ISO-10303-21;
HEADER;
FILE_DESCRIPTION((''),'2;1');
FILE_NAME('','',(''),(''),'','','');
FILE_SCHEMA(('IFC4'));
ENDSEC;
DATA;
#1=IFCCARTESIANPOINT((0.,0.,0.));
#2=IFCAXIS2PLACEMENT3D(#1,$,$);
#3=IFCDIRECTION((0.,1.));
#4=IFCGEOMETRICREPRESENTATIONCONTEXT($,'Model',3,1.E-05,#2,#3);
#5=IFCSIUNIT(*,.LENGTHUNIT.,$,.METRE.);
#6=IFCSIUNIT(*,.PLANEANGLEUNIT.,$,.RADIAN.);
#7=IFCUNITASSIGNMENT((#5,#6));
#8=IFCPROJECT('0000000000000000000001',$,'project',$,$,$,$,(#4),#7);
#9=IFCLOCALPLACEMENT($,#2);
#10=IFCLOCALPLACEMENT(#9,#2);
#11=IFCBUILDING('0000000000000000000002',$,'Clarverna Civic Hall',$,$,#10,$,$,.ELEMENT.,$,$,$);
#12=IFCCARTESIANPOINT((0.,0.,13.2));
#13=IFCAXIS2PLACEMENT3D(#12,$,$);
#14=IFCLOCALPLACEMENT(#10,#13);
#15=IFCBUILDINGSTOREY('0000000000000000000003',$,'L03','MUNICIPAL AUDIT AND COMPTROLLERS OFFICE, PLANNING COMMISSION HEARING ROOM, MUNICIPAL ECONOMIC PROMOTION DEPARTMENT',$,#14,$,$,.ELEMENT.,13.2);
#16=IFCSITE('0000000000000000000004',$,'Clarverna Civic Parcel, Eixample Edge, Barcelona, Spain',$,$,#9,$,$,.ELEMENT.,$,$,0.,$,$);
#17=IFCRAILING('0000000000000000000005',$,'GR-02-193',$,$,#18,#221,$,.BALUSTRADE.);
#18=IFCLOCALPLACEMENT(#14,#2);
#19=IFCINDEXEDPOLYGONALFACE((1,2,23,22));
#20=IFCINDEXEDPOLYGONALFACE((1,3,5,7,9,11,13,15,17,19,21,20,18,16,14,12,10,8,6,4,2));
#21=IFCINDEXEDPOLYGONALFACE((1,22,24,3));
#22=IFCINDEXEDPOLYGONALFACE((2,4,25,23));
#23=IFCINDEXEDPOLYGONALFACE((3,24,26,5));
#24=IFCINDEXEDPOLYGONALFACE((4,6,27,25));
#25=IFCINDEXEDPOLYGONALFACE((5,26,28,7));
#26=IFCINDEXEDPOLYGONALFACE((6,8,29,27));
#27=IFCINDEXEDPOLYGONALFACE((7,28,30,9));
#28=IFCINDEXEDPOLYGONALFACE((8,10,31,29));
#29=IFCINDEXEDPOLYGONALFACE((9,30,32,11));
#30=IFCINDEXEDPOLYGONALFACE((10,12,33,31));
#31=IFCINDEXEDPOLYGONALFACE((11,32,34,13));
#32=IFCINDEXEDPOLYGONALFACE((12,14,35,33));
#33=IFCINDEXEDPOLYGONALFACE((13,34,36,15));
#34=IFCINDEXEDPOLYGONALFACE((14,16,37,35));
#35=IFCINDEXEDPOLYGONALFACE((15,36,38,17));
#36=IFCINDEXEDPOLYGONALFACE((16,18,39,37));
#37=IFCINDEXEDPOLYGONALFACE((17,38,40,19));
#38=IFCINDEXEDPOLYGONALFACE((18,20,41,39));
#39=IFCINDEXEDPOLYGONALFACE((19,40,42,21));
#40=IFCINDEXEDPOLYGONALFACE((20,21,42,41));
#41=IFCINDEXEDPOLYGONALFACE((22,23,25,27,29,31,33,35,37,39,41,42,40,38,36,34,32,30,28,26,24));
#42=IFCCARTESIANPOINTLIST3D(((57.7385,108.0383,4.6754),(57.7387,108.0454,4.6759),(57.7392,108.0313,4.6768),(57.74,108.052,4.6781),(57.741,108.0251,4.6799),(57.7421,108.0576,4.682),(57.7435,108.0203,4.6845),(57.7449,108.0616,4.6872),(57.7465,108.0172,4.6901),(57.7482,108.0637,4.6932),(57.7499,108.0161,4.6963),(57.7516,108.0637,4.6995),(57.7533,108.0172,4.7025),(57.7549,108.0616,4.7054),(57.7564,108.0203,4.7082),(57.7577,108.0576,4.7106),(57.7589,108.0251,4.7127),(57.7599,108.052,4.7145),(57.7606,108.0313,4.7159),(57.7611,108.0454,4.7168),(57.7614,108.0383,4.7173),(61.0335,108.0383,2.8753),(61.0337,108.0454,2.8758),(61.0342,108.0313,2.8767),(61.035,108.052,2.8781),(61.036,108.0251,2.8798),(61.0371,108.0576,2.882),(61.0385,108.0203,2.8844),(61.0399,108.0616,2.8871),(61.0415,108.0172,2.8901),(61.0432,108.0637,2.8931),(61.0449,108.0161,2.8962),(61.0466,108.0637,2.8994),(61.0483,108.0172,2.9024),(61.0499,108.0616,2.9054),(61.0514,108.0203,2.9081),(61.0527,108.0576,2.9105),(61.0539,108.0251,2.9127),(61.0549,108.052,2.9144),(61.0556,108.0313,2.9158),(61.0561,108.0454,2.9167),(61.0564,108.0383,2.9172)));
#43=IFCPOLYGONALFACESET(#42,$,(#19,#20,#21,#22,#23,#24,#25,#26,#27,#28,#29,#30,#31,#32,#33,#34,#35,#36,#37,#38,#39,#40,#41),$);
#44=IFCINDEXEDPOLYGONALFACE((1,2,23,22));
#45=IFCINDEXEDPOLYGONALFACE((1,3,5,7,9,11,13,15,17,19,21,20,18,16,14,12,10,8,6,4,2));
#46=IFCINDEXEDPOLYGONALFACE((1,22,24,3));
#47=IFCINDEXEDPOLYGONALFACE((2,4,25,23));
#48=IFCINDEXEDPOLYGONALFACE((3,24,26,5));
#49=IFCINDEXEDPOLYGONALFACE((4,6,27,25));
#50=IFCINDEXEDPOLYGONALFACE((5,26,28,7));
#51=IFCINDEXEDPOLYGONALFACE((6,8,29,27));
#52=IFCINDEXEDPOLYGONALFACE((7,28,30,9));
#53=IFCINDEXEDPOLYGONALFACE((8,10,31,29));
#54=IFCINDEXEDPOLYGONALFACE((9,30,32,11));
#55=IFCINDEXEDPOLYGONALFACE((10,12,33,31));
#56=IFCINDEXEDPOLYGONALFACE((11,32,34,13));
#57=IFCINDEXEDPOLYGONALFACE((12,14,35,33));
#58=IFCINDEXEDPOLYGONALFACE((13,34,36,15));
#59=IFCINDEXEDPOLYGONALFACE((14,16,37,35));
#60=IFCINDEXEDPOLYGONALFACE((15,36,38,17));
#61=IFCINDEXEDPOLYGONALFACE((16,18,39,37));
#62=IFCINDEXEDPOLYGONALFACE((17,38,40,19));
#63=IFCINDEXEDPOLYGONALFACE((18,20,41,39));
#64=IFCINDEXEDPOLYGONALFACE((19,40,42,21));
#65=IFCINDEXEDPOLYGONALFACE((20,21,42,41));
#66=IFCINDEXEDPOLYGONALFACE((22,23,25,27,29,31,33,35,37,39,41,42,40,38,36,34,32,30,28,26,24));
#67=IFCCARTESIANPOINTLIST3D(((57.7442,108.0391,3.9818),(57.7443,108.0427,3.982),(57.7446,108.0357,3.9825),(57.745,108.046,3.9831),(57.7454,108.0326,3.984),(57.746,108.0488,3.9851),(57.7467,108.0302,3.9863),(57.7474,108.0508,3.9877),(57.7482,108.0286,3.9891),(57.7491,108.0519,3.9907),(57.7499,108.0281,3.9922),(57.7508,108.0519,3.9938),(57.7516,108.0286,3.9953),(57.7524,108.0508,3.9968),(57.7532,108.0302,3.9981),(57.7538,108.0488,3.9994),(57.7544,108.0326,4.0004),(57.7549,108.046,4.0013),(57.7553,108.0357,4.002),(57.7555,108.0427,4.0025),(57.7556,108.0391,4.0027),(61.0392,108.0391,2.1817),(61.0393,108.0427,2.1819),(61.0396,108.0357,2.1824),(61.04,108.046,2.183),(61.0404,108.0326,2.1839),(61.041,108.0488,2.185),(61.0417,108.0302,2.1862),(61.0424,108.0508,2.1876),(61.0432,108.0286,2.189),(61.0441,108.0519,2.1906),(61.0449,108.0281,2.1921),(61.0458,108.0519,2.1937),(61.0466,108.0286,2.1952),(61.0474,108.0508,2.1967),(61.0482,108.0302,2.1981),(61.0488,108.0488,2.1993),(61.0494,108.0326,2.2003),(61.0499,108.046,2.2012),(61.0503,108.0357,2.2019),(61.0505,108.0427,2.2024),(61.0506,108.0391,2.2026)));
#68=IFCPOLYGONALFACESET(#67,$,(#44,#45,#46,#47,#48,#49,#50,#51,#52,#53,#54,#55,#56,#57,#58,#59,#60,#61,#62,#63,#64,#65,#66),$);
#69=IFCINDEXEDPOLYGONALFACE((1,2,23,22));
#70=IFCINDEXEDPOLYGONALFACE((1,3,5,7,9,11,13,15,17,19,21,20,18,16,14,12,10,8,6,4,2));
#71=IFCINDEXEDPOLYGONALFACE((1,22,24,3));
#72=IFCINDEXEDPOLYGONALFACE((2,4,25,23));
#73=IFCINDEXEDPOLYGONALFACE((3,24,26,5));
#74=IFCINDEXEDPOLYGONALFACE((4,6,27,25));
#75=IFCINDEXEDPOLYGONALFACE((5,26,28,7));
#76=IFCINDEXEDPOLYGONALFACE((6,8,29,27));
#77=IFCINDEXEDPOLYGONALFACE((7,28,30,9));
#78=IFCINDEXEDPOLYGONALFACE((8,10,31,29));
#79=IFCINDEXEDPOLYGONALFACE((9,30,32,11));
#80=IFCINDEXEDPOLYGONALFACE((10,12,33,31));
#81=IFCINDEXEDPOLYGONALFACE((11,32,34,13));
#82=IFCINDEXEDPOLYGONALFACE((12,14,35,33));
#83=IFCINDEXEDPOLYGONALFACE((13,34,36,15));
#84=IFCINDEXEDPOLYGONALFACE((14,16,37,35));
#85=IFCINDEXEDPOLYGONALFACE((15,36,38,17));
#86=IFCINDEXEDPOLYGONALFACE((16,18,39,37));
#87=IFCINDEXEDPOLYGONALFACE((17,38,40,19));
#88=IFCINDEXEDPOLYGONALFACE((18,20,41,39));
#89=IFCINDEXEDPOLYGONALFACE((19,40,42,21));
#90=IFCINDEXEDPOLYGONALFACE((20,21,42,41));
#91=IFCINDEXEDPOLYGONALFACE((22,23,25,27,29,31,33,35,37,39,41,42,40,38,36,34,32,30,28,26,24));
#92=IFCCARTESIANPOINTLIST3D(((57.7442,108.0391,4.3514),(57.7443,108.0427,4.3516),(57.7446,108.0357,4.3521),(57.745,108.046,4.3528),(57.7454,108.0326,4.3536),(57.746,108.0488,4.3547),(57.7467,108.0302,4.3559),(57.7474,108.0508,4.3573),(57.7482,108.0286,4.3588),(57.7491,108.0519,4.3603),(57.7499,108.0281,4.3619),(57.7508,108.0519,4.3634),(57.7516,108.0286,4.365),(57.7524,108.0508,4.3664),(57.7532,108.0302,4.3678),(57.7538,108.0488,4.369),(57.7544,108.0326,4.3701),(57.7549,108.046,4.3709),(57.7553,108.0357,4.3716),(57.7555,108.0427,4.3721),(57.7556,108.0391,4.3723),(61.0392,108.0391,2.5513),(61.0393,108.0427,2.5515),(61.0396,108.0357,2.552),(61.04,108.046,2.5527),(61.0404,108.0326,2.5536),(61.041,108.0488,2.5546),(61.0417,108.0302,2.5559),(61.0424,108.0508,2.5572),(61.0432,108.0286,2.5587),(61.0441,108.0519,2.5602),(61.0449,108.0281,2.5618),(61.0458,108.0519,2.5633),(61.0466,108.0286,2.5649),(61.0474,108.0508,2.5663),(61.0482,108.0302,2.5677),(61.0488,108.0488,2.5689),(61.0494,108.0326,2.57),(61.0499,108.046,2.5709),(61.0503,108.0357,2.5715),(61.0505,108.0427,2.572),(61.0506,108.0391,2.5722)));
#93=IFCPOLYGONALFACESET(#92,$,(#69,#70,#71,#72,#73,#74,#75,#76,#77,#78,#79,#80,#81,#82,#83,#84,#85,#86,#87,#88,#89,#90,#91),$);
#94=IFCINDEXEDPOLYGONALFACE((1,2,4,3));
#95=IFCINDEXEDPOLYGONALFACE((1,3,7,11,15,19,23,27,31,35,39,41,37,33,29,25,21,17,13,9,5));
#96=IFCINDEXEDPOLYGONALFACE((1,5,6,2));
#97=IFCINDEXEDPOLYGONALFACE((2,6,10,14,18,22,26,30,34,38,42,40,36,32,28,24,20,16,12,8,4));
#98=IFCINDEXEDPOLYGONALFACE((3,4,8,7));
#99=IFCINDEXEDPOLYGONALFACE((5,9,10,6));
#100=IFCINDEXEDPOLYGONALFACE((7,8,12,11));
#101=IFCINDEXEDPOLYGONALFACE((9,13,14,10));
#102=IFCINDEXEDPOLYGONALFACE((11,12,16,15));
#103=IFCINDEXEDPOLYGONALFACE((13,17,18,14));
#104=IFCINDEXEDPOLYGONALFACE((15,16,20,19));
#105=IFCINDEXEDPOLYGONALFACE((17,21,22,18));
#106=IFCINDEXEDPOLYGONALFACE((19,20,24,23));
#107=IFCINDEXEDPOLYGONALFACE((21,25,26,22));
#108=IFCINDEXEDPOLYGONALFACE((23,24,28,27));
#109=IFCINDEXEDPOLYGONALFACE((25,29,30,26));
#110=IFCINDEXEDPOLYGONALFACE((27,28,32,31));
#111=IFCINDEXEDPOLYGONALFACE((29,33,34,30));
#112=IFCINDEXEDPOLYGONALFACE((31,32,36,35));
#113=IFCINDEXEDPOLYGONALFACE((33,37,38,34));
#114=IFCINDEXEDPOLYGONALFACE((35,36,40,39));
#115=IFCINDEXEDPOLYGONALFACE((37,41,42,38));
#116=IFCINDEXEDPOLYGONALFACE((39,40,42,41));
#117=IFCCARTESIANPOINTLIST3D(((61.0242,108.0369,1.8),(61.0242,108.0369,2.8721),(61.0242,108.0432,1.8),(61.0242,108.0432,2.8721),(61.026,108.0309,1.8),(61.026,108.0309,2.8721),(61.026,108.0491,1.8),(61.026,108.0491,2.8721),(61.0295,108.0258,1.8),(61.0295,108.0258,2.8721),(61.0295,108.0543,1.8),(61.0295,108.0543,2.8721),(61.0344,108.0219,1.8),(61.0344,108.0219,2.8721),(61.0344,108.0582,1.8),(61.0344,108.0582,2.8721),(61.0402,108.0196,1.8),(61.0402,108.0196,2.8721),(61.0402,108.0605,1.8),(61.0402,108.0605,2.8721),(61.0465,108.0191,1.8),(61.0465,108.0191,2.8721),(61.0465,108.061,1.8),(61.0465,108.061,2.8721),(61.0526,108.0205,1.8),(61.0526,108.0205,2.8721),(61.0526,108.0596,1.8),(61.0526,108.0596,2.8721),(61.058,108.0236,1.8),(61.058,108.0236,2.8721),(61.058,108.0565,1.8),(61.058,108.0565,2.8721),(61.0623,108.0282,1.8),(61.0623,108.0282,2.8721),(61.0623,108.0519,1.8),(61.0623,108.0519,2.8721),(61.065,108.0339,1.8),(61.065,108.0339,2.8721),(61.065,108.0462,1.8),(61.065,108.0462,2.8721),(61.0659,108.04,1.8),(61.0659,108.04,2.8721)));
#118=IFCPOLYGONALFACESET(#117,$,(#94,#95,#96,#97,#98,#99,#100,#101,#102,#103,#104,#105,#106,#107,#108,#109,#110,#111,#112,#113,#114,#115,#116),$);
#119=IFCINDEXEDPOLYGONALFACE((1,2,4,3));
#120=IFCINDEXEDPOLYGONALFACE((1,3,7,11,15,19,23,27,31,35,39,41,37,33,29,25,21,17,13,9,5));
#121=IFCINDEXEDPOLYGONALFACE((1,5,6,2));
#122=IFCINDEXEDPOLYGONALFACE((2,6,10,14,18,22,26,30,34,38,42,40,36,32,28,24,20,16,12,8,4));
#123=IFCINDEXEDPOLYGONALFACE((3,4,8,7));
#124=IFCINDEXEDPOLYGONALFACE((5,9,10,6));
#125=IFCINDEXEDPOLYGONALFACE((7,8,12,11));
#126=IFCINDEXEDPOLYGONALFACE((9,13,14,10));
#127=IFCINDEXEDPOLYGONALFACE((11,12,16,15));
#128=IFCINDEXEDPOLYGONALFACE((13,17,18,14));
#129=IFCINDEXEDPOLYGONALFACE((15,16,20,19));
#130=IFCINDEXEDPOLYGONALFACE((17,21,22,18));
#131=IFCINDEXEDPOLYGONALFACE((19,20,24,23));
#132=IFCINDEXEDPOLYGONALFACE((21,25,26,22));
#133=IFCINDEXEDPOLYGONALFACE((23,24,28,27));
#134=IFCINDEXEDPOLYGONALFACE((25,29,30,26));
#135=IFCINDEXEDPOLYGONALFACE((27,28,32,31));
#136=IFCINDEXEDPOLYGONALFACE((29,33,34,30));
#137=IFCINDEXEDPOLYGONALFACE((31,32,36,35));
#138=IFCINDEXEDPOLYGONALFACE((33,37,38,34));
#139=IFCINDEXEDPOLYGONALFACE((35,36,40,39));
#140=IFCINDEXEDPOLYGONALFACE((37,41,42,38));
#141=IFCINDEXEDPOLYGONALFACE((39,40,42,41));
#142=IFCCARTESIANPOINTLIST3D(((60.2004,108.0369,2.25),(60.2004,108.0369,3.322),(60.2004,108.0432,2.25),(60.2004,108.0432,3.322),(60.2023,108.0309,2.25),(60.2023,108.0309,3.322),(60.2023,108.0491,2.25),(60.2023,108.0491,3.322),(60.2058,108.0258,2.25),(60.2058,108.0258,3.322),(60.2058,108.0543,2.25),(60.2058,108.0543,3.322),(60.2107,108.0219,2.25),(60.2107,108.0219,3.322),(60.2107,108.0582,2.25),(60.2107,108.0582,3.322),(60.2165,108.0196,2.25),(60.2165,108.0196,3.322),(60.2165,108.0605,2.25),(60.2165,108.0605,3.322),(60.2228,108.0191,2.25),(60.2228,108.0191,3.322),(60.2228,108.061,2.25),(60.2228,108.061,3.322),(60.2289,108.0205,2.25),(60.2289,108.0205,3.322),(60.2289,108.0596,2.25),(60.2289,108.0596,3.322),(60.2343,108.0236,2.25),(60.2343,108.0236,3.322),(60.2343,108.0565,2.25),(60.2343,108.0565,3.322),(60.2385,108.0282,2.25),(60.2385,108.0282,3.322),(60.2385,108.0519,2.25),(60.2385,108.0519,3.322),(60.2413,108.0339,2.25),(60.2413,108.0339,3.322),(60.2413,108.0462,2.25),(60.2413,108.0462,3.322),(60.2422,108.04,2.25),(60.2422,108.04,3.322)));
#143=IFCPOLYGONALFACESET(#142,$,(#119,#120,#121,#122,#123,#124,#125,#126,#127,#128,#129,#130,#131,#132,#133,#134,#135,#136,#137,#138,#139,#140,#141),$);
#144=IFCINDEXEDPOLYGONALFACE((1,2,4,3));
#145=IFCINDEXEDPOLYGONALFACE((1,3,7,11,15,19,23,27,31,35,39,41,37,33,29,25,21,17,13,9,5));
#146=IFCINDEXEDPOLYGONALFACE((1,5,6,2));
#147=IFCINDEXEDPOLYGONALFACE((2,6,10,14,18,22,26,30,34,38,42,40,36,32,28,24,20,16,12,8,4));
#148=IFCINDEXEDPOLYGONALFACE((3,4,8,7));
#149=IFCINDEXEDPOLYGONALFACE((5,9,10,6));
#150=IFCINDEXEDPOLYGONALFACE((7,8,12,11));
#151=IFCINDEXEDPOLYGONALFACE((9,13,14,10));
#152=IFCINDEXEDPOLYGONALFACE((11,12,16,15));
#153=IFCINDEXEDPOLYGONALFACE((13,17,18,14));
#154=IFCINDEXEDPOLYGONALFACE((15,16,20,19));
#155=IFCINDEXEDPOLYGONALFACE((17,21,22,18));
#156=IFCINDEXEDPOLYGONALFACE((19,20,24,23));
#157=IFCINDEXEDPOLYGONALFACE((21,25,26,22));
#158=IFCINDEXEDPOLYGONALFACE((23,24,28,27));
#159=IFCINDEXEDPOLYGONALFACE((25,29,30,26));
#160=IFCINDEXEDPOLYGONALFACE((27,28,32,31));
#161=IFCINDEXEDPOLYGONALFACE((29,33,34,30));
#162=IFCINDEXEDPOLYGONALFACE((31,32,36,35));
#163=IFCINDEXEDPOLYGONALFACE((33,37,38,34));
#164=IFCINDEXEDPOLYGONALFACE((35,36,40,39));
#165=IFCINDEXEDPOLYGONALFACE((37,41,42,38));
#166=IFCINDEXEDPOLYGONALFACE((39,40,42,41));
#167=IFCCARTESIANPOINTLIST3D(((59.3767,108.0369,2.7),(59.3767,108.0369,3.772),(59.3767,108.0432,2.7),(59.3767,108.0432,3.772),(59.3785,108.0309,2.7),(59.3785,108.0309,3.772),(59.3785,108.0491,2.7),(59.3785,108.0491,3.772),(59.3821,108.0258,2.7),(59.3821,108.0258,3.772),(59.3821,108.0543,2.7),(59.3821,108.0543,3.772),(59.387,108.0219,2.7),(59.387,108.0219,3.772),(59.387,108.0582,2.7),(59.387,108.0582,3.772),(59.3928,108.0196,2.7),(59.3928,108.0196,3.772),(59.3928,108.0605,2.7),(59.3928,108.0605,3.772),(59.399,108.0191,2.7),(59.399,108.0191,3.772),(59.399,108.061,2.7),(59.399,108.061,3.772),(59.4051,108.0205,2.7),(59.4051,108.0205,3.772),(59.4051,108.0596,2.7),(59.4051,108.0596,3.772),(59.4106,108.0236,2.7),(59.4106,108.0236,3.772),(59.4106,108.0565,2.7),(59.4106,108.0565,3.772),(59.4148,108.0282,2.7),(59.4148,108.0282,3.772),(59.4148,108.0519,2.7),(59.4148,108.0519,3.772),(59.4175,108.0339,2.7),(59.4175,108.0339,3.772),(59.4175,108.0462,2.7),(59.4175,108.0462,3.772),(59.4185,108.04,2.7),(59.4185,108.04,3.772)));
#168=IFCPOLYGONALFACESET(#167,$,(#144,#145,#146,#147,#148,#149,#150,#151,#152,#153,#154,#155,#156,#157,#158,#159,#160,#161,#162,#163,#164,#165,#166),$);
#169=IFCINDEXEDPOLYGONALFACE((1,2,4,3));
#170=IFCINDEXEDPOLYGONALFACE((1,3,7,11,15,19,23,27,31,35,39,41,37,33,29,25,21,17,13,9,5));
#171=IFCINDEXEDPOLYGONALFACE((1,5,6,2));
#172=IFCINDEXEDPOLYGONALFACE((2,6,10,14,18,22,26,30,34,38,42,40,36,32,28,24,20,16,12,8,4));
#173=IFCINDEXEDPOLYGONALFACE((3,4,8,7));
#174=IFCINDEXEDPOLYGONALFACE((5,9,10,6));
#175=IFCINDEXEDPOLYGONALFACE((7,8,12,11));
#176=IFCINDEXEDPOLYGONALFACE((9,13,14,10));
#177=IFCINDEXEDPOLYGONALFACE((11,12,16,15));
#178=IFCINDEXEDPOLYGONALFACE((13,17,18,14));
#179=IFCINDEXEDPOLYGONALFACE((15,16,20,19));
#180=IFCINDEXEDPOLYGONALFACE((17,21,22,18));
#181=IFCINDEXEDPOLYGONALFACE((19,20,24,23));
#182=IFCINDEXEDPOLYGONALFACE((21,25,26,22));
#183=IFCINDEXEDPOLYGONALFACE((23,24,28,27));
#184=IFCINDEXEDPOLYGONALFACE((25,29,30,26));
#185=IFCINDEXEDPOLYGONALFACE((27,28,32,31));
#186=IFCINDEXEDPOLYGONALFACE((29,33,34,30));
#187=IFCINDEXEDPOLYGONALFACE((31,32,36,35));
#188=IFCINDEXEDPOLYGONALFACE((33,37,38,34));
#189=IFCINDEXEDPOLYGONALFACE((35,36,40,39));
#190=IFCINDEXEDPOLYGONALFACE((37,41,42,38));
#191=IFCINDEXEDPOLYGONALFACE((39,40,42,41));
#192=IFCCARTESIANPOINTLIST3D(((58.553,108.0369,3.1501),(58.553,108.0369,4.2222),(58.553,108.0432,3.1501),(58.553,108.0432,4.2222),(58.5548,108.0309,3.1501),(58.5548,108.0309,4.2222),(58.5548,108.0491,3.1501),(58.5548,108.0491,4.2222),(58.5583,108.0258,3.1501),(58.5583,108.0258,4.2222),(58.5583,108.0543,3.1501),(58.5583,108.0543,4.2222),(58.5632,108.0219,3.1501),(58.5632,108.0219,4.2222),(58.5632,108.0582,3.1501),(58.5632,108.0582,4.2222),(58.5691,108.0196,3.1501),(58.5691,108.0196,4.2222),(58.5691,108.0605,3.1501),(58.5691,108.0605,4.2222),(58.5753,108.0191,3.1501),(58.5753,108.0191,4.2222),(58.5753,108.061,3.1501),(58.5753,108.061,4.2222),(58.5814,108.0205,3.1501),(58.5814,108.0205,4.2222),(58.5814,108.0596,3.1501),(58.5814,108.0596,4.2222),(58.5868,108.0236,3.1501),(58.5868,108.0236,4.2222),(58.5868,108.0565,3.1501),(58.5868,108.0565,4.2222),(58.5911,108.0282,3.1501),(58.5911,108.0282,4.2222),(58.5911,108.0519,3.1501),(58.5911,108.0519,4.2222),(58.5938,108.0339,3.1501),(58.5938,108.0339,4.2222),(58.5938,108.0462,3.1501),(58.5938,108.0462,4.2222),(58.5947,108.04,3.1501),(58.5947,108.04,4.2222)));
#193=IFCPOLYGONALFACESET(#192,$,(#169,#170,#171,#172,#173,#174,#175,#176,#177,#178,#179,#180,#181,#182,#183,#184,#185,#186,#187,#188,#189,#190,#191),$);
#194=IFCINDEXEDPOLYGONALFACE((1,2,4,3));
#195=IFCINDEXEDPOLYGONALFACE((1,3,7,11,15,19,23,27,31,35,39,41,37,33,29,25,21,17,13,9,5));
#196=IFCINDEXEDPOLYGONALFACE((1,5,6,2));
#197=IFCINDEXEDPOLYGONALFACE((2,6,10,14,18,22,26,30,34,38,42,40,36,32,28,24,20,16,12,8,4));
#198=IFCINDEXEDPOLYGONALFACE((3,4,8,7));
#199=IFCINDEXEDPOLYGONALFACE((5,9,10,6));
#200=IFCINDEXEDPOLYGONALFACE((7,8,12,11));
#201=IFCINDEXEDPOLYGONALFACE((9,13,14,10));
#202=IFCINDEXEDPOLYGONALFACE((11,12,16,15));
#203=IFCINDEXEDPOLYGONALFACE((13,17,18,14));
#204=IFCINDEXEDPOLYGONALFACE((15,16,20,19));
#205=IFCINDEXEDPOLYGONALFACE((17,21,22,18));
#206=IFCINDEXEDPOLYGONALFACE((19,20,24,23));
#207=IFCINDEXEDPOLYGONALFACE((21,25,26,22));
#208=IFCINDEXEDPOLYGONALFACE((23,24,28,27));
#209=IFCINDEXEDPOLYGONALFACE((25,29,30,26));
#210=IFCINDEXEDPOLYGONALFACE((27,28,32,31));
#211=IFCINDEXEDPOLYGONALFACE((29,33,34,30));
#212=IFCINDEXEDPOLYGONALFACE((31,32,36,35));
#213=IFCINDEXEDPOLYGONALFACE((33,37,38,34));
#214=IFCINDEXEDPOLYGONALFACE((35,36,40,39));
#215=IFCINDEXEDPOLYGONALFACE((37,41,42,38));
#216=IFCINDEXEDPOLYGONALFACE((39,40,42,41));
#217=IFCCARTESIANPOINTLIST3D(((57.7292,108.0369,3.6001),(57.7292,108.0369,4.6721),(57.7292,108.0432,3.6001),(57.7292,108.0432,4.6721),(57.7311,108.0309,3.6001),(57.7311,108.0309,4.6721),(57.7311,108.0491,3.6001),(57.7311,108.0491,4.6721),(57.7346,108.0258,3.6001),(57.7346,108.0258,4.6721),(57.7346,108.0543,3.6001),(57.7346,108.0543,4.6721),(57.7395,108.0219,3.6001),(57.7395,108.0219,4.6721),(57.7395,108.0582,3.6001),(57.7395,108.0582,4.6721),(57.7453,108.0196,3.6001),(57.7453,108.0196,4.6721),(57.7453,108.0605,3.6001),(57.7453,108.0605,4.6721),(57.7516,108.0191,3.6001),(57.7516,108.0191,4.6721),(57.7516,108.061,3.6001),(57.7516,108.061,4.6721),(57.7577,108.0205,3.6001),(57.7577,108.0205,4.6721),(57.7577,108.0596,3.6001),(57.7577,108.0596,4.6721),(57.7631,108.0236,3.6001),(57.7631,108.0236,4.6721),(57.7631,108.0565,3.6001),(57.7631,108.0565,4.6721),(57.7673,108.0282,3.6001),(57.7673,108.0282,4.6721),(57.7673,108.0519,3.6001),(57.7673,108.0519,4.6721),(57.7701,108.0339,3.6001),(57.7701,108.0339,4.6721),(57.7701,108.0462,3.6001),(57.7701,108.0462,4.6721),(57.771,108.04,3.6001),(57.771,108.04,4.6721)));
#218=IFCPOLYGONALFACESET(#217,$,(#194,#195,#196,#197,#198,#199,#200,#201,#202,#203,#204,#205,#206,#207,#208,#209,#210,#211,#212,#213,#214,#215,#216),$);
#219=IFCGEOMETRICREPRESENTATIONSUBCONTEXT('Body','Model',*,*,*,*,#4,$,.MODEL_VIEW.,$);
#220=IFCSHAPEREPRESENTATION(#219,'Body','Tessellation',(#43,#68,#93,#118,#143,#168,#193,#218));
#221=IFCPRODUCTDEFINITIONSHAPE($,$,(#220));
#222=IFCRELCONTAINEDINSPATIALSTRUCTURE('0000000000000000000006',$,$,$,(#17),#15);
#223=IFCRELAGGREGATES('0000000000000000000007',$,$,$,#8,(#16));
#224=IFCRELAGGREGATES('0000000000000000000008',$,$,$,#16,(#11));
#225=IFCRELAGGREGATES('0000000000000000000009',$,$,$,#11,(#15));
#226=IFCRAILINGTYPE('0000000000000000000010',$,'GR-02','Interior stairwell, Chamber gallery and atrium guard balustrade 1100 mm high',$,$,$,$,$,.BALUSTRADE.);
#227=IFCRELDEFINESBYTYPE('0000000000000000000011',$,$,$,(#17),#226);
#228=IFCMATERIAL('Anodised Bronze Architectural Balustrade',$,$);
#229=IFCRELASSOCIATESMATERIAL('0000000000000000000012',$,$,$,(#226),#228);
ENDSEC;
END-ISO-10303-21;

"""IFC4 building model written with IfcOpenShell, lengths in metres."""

from ifc_helpers import new_model, si_unit, direction, frame, origin, origin_2d, place, context, subcontext, project, spatial, circle, extrude, material, type_object, element, save


model = new_model("IFC4")

# Units and contexts
model_context = context("Model", 3, precision=1e-05, world=origin(), true_north=direction((0.0, 1.0)))
body_context = subcontext(model_context, "Body", "Model", "MODEL_VIEW")
ifc_project = project(units=[si_unit("LENGTHUNIT", "METRE"), si_unit("PLANEANGLEUNIT", "RADIAN")], contexts=[model_context])

# Site, building, storey
site_placement = place(None, origin())
site = spatial("IfcSite", under=ifc_project, at=site_placement, Name="Clarverna Civic Parcel, Eixample Edge, Barcelona, Spain", CompositionType="ELEMENT", RefElevation=0.0)
building_placement = place(site_placement, origin())
building = spatial("IfcBuilding", under=site, at=building_placement, Name="Clarverna Civic Hall", CompositionType="ELEMENT")
storey_placement = place(building_placement, frame((0.0, 0.0, 13.2)))
storey = spatial("IfcBuildingStorey", under=building, at=storey_placement, Name="L03", Description="MUNICIPAL AUDIT AND COMPTROLLERS OFFICE, PLANNING COMMISSION HEARING ROOM, MUNICIPAL ECONOMIC PROMOTION DEPARTMENT", CompositionType="ELEMENT", Elevation=13.2)

# Railing
ifc_material_1 = material(Name="Anodised Bronze Architectural Balustrade")
railing_type_1 = type_object("IfcRailingType", Name="GR-02", Description="Interior stairwell, Chamber gallery and atrium guard balustrade 1100 mm high", PredefinedType="BALUSTRADE", material=ifc_material_1)
railing_1_placement = place(storey_placement, frame((61.0449, 108.04, 1.8)))
element("IfcRailing", 1, at=railing_1_placement, inside=storey, type_object=railing_type_1, Name="GR-02-193", PredefinedType="BALUSTRADE", context=body_context, shape_type="SweptSolid", body=[
    extrude(circle(Radius=0.0239, at=origin_2d()), frame((0.0, 0.0, 1.0962), z_axis=(-0.87758, 0.0, 0.479431), x_axis=(0.0, -1.0, 0.0)), (0.0, 0.0, 1.0), 3.7546),
    extrude(circle(Radius=0.012, at=origin_2d()), frame((0.0, 0.0, 0.3921), z_axis=(-0.87758, 0.0, 0.479431), x_axis=(0.0, -1.0, 0.0)), (0.0, 0.0, 1.0), 3.7546),
    extrude(circle(Radius=0.012, at=origin_2d()), frame((0.0, 0.0, 0.7617), z_axis=(-0.87758, 0.0, 0.479431), x_axis=(0.0, -1.0, 0.0)), (0.0, 0.0, 1.0), 3.7546),
    extrude(circle(Radius=0.021, at=origin_2d()), origin(), (0.0, 0.0, 1.0), 1.072),
    extrude(circle(Radius=0.021, at=origin_2d()), frame((-0.8237, 0.0, 0.45)), (0.0, 0.0, 1.0), 1.072),
    extrude(circle(Radius=0.021, at=origin_2d()), frame((-1.6475, 0.0, 0.8999)), (0.0, 0.0, 1.0), 1.072),
    extrude(circle(Radius=0.021, at=origin_2d()), frame((-2.4712, 0.0, 1.3501)), (0.0, 0.0, 1.0), 1.072),
    extrude(circle(Radius=0.021, at=origin_2d()), frame((-3.2949, 0.0, 1.8)), (0.0, 0.0, 1.0), 1.072),
])

save(model, "model.ifc")
